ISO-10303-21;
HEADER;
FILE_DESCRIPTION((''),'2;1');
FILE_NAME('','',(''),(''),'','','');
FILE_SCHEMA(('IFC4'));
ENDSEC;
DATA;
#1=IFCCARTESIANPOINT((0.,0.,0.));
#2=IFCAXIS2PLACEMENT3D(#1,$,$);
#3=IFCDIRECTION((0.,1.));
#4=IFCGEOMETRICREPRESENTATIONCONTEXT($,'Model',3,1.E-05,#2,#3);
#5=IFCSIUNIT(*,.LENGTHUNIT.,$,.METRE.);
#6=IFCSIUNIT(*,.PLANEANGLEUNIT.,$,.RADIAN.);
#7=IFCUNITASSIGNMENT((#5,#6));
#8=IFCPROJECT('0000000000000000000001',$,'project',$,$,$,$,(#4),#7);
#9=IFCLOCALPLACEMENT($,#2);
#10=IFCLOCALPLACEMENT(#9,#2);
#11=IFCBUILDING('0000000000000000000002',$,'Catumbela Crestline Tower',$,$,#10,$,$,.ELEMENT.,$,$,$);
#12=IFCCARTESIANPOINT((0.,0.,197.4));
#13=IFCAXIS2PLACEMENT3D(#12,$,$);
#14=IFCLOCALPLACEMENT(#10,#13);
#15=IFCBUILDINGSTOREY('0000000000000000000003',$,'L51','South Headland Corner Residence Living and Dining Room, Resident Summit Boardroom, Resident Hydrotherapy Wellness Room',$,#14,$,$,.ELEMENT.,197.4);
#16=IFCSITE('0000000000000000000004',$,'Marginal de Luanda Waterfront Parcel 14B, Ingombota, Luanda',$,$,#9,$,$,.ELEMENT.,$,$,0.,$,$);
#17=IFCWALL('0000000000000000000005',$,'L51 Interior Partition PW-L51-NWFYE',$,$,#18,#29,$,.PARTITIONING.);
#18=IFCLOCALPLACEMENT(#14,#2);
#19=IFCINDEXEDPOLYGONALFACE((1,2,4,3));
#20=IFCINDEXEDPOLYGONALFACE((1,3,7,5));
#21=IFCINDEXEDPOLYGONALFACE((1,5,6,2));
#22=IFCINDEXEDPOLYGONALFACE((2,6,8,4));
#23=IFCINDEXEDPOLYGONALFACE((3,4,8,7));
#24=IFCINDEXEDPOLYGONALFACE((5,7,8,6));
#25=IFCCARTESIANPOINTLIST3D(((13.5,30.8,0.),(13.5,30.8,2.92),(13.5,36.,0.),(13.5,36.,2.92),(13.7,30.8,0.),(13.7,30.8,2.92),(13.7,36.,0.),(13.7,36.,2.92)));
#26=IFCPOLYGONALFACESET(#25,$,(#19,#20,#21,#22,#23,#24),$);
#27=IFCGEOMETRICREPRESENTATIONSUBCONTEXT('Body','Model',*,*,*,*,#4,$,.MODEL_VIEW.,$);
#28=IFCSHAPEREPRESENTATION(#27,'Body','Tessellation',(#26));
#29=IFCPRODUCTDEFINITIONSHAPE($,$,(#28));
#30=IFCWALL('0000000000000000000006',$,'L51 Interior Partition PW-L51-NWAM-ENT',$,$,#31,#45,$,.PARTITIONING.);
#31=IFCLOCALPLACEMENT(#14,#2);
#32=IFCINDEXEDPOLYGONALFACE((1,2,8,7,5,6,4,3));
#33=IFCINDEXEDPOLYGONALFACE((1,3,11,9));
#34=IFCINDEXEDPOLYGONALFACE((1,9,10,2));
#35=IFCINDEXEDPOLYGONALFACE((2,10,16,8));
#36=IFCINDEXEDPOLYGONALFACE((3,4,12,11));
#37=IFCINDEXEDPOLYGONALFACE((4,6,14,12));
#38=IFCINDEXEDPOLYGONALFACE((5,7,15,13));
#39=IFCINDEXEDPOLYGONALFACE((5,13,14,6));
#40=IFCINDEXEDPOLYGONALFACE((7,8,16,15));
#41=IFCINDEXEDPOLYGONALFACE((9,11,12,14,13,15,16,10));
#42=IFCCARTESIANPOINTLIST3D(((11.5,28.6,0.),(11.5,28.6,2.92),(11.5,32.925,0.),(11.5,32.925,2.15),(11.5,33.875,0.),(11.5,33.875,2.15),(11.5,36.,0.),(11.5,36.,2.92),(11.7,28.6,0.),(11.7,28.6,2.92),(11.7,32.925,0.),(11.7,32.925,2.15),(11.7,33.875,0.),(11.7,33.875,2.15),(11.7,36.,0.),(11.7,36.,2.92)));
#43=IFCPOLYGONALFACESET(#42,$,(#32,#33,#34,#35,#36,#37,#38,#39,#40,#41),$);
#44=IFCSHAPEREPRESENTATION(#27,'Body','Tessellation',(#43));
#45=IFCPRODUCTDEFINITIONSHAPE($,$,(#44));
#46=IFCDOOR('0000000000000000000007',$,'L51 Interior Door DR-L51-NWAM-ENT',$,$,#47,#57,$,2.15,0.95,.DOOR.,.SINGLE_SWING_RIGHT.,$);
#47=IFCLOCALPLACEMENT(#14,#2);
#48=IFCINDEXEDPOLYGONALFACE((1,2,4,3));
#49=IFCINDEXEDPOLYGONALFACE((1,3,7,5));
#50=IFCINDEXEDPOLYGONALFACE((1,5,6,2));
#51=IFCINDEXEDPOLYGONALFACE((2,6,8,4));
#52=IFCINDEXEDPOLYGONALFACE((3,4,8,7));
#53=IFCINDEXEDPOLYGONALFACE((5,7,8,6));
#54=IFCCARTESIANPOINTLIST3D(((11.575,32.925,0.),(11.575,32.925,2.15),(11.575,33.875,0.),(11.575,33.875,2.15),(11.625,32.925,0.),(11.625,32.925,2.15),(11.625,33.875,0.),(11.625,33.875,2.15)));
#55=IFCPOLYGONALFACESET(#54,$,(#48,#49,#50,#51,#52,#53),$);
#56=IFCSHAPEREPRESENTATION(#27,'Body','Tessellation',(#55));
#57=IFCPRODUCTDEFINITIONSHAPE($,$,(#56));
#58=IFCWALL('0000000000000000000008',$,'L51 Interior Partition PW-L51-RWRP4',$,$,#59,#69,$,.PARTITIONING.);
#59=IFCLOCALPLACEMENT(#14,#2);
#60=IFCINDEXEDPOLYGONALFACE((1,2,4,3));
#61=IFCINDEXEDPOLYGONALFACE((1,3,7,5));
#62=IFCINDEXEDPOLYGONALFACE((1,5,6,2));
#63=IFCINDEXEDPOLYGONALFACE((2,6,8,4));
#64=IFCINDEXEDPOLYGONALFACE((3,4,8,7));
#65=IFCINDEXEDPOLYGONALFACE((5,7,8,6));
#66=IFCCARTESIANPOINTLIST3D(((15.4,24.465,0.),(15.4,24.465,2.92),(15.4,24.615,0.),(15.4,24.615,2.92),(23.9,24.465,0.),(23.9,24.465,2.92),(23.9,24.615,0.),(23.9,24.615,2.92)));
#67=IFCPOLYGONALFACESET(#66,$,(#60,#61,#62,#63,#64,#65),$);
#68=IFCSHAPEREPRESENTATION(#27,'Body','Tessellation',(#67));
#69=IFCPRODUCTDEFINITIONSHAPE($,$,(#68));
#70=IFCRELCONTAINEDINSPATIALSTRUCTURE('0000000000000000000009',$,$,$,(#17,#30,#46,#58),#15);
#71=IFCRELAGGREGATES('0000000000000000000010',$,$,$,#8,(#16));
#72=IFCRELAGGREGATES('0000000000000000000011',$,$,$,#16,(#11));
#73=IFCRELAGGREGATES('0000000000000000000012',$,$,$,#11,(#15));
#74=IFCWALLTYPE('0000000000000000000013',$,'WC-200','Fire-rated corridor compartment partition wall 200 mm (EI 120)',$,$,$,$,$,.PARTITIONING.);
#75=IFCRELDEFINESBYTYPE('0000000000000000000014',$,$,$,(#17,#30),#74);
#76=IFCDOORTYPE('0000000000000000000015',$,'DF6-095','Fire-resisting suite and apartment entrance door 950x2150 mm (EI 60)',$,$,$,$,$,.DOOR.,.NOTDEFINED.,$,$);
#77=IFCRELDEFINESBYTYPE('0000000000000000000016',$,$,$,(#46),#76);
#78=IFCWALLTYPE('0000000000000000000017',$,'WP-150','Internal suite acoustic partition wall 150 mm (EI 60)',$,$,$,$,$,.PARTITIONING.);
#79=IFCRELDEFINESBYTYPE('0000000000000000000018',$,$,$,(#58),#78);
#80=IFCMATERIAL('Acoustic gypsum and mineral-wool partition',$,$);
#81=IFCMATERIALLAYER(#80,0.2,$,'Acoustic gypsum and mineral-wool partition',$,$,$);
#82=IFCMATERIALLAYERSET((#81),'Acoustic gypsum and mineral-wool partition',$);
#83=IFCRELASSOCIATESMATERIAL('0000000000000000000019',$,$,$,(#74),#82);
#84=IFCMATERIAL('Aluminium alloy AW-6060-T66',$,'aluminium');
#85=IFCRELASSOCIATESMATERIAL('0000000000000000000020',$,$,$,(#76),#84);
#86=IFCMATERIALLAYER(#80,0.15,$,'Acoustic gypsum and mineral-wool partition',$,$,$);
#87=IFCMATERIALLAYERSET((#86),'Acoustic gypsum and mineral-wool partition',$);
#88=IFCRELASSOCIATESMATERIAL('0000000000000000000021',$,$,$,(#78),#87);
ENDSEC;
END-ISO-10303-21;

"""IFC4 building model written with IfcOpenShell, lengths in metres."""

from ifc_helpers import new_model, si_unit, direction, frame, frame_2d, origin, place, context, subcontext, project, spatial, rectangle, extrude, material, layer, layer_set, type_object, element, fill, save


model = new_model("IFC4")

# Units and contexts
model_context = context("Model", 3, precision=1e-05, world=origin(), true_north=direction((0.0, 1.0)))
body_context = subcontext(model_context, "Body", "Model", "MODEL_VIEW")
ifc_project = project(units=[si_unit("LENGTHUNIT", "METRE"), si_unit("PLANEANGLEUNIT", "RADIAN")], contexts=[model_context])

# Site, building, storey
site_placement = place(None, origin())
site = spatial("IfcSite", under=ifc_project, at=site_placement, Name="Marginal de Luanda Waterfront Parcel 14B, Ingombota, Luanda", CompositionType="ELEMENT", RefElevation=0.0)
building_placement = place(site_placement, origin())
building = spatial("IfcBuilding", under=site, at=building_placement, Name="Catumbela Crestline Tower", CompositionType="ELEMENT")
storey_placement = place(building_placement, frame((0.0, 0.0, 197.4)))
storey = spatial("IfcBuildingStorey", under=building, at=storey_placement, Name="L51", Description="South Headland Corner Residence Living and Dining Room, Resident Summit Boardroom, Resident Hydrotherapy Wellness Room", CompositionType="ELEMENT", Elevation=197.4)

# Shared definitions
ifc_material_1 = material(Name="Acoustic gypsum and mineral-wool partition")
ifc_layer_1 = layer(ifc_material_1, 0.2, Name="Acoustic gypsum and mineral-wool partition")
ifc_layer_set_1 = layer_set([ifc_layer_1], Name="Acoustic gypsum and mineral-wool partition")
wall_type_1 = type_object("IfcWallType", Name="WC-200", Description="Fire-rated corridor compartment partition wall 200 mm (EI 120)", PredefinedType="PARTITIONING", material=ifc_layer_set_1)

# Shared definitions
ifc_material_2 = material(Name="Aluminium alloy AW-6060-T66", Category="aluminium")
door_type_1 = type_object("IfcDoorType", Name="DF6-095", Description="Fire-resisting suite and apartment entrance door 950x2150 mm (EI 60)", OperationType="NOTDEFINED", PredefinedType="DOOR", material=ifc_material_2)

# Wall
wall_1_placement = place(storey_placement, frame((13.6, 30.8, 0.0), z_axis=(0.0, 0.0, 1.0), x_axis=(0.0, 1.0, 0.0)))
element("IfcWall", 1, at=wall_1_placement, inside=storey, type_object=wall_type_1, Name="L51 Interior Partition PW-L51-NWFYE", PredefinedType="PARTITIONING", context=body_context, shape_type="SweptSolid", body=[
    extrude(rectangle(XDim=5.2, YDim=0.2, at=frame_2d((2.6, 0.0))), origin(), (0.0, 0.0, 1.0), 2.92),
])

# Wall, opening, door
wall_2_placement = place(storey_placement, frame((11.6, 28.6, 0.0), z_axis=(0.0, 0.0, 1.0), x_axis=(0.0, 1.0, 0.0)))
wall_2 = element("IfcWall", 2, at=wall_2_placement, inside=storey, type_object=wall_type_1, Name="L51 Interior Partition PW-L51-NWAM-ENT", PredefinedType="PARTITIONING", context=body_context, shape_type="SweptSolid", body=[
    extrude(rectangle(XDim=7.4, YDim=0.2, at=frame_2d((3.7, 0.0))), origin(), (0.0, 0.0, 1.0), 2.92),
])
opening_1_placement = place(wall_2_placement, frame((4.325, 0.0, 0.0)))
opening_1 = element("IfcOpeningElement", 3, at=opening_1_placement, cuts=wall_2, PredefinedType="OPENING", context=body_context, shape_type="SweptSolid", body=[
    extrude(rectangle(XDim=0.95, YDim=2.15, at=frame_2d((0.475, 1.075))), frame((0.0, 0.11, 0.0), z_axis=(0.0, -1.0, 0.0), x_axis=(1.0, 0.0, 0.0)), (0.0, 0.0, 1.0), 0.22),
])
door_1_placement = place(opening_1_placement, origin())
door_1 = element("IfcDoor", 4, at=door_1_placement, inside=storey, type_object=door_type_1, Name="L51 Interior Door DR-L51-NWAM-ENT", OperationType="SINGLE_SWING_RIGHT", OverallHeight=2.15, OverallWidth=0.95, PredefinedType="DOOR", context=body_context, shape_type="SweptSolid", body=[
    extrude(rectangle(XDim=0.95, YDim=2.15, at=frame_2d((0.475, 1.075))), frame((0.0, 0.025, 0.0), z_axis=(0.0, -1.0, 0.0), x_axis=(1.0, 0.0, 0.0)), (0.0, 0.0, 1.0), 0.05),
])
fill(opening_1, door_1)

# Wall
ifc_layer_2 = layer(ifc_material_1, 0.15, Name="Acoustic gypsum and mineral-wool partition")
ifc_layer_set_2 = layer_set([ifc_layer_2], Name="Acoustic gypsum and mineral-wool partition")
wall_type_2 = type_object("IfcWallType", Name="WP-150", Description="Internal suite acoustic partition wall 150 mm (EI 60)", PredefinedType="PARTITIONING", material=ifc_layer_set_2)
wall_3_placement = place(storey_placement, frame((15.4, 24.54, 0.0), z_axis=(0.0, 0.0, 1.0), x_axis=(1.0, 0.0, 0.0)))
element("IfcWall", 5, at=wall_3_placement, inside=storey, type_object=wall_type_2, Name="L51 Interior Partition PW-L51-RWRP4", PredefinedType="PARTITIONING", context=body_context, shape_type="SweptSolid", body=[
    extrude(rectangle(XDim=8.5, YDim=0.15, at=frame_2d((4.25, 0.0))), origin(), (0.0, 0.0, 1.0), 2.92),
])

save(model, "model.ifc")
